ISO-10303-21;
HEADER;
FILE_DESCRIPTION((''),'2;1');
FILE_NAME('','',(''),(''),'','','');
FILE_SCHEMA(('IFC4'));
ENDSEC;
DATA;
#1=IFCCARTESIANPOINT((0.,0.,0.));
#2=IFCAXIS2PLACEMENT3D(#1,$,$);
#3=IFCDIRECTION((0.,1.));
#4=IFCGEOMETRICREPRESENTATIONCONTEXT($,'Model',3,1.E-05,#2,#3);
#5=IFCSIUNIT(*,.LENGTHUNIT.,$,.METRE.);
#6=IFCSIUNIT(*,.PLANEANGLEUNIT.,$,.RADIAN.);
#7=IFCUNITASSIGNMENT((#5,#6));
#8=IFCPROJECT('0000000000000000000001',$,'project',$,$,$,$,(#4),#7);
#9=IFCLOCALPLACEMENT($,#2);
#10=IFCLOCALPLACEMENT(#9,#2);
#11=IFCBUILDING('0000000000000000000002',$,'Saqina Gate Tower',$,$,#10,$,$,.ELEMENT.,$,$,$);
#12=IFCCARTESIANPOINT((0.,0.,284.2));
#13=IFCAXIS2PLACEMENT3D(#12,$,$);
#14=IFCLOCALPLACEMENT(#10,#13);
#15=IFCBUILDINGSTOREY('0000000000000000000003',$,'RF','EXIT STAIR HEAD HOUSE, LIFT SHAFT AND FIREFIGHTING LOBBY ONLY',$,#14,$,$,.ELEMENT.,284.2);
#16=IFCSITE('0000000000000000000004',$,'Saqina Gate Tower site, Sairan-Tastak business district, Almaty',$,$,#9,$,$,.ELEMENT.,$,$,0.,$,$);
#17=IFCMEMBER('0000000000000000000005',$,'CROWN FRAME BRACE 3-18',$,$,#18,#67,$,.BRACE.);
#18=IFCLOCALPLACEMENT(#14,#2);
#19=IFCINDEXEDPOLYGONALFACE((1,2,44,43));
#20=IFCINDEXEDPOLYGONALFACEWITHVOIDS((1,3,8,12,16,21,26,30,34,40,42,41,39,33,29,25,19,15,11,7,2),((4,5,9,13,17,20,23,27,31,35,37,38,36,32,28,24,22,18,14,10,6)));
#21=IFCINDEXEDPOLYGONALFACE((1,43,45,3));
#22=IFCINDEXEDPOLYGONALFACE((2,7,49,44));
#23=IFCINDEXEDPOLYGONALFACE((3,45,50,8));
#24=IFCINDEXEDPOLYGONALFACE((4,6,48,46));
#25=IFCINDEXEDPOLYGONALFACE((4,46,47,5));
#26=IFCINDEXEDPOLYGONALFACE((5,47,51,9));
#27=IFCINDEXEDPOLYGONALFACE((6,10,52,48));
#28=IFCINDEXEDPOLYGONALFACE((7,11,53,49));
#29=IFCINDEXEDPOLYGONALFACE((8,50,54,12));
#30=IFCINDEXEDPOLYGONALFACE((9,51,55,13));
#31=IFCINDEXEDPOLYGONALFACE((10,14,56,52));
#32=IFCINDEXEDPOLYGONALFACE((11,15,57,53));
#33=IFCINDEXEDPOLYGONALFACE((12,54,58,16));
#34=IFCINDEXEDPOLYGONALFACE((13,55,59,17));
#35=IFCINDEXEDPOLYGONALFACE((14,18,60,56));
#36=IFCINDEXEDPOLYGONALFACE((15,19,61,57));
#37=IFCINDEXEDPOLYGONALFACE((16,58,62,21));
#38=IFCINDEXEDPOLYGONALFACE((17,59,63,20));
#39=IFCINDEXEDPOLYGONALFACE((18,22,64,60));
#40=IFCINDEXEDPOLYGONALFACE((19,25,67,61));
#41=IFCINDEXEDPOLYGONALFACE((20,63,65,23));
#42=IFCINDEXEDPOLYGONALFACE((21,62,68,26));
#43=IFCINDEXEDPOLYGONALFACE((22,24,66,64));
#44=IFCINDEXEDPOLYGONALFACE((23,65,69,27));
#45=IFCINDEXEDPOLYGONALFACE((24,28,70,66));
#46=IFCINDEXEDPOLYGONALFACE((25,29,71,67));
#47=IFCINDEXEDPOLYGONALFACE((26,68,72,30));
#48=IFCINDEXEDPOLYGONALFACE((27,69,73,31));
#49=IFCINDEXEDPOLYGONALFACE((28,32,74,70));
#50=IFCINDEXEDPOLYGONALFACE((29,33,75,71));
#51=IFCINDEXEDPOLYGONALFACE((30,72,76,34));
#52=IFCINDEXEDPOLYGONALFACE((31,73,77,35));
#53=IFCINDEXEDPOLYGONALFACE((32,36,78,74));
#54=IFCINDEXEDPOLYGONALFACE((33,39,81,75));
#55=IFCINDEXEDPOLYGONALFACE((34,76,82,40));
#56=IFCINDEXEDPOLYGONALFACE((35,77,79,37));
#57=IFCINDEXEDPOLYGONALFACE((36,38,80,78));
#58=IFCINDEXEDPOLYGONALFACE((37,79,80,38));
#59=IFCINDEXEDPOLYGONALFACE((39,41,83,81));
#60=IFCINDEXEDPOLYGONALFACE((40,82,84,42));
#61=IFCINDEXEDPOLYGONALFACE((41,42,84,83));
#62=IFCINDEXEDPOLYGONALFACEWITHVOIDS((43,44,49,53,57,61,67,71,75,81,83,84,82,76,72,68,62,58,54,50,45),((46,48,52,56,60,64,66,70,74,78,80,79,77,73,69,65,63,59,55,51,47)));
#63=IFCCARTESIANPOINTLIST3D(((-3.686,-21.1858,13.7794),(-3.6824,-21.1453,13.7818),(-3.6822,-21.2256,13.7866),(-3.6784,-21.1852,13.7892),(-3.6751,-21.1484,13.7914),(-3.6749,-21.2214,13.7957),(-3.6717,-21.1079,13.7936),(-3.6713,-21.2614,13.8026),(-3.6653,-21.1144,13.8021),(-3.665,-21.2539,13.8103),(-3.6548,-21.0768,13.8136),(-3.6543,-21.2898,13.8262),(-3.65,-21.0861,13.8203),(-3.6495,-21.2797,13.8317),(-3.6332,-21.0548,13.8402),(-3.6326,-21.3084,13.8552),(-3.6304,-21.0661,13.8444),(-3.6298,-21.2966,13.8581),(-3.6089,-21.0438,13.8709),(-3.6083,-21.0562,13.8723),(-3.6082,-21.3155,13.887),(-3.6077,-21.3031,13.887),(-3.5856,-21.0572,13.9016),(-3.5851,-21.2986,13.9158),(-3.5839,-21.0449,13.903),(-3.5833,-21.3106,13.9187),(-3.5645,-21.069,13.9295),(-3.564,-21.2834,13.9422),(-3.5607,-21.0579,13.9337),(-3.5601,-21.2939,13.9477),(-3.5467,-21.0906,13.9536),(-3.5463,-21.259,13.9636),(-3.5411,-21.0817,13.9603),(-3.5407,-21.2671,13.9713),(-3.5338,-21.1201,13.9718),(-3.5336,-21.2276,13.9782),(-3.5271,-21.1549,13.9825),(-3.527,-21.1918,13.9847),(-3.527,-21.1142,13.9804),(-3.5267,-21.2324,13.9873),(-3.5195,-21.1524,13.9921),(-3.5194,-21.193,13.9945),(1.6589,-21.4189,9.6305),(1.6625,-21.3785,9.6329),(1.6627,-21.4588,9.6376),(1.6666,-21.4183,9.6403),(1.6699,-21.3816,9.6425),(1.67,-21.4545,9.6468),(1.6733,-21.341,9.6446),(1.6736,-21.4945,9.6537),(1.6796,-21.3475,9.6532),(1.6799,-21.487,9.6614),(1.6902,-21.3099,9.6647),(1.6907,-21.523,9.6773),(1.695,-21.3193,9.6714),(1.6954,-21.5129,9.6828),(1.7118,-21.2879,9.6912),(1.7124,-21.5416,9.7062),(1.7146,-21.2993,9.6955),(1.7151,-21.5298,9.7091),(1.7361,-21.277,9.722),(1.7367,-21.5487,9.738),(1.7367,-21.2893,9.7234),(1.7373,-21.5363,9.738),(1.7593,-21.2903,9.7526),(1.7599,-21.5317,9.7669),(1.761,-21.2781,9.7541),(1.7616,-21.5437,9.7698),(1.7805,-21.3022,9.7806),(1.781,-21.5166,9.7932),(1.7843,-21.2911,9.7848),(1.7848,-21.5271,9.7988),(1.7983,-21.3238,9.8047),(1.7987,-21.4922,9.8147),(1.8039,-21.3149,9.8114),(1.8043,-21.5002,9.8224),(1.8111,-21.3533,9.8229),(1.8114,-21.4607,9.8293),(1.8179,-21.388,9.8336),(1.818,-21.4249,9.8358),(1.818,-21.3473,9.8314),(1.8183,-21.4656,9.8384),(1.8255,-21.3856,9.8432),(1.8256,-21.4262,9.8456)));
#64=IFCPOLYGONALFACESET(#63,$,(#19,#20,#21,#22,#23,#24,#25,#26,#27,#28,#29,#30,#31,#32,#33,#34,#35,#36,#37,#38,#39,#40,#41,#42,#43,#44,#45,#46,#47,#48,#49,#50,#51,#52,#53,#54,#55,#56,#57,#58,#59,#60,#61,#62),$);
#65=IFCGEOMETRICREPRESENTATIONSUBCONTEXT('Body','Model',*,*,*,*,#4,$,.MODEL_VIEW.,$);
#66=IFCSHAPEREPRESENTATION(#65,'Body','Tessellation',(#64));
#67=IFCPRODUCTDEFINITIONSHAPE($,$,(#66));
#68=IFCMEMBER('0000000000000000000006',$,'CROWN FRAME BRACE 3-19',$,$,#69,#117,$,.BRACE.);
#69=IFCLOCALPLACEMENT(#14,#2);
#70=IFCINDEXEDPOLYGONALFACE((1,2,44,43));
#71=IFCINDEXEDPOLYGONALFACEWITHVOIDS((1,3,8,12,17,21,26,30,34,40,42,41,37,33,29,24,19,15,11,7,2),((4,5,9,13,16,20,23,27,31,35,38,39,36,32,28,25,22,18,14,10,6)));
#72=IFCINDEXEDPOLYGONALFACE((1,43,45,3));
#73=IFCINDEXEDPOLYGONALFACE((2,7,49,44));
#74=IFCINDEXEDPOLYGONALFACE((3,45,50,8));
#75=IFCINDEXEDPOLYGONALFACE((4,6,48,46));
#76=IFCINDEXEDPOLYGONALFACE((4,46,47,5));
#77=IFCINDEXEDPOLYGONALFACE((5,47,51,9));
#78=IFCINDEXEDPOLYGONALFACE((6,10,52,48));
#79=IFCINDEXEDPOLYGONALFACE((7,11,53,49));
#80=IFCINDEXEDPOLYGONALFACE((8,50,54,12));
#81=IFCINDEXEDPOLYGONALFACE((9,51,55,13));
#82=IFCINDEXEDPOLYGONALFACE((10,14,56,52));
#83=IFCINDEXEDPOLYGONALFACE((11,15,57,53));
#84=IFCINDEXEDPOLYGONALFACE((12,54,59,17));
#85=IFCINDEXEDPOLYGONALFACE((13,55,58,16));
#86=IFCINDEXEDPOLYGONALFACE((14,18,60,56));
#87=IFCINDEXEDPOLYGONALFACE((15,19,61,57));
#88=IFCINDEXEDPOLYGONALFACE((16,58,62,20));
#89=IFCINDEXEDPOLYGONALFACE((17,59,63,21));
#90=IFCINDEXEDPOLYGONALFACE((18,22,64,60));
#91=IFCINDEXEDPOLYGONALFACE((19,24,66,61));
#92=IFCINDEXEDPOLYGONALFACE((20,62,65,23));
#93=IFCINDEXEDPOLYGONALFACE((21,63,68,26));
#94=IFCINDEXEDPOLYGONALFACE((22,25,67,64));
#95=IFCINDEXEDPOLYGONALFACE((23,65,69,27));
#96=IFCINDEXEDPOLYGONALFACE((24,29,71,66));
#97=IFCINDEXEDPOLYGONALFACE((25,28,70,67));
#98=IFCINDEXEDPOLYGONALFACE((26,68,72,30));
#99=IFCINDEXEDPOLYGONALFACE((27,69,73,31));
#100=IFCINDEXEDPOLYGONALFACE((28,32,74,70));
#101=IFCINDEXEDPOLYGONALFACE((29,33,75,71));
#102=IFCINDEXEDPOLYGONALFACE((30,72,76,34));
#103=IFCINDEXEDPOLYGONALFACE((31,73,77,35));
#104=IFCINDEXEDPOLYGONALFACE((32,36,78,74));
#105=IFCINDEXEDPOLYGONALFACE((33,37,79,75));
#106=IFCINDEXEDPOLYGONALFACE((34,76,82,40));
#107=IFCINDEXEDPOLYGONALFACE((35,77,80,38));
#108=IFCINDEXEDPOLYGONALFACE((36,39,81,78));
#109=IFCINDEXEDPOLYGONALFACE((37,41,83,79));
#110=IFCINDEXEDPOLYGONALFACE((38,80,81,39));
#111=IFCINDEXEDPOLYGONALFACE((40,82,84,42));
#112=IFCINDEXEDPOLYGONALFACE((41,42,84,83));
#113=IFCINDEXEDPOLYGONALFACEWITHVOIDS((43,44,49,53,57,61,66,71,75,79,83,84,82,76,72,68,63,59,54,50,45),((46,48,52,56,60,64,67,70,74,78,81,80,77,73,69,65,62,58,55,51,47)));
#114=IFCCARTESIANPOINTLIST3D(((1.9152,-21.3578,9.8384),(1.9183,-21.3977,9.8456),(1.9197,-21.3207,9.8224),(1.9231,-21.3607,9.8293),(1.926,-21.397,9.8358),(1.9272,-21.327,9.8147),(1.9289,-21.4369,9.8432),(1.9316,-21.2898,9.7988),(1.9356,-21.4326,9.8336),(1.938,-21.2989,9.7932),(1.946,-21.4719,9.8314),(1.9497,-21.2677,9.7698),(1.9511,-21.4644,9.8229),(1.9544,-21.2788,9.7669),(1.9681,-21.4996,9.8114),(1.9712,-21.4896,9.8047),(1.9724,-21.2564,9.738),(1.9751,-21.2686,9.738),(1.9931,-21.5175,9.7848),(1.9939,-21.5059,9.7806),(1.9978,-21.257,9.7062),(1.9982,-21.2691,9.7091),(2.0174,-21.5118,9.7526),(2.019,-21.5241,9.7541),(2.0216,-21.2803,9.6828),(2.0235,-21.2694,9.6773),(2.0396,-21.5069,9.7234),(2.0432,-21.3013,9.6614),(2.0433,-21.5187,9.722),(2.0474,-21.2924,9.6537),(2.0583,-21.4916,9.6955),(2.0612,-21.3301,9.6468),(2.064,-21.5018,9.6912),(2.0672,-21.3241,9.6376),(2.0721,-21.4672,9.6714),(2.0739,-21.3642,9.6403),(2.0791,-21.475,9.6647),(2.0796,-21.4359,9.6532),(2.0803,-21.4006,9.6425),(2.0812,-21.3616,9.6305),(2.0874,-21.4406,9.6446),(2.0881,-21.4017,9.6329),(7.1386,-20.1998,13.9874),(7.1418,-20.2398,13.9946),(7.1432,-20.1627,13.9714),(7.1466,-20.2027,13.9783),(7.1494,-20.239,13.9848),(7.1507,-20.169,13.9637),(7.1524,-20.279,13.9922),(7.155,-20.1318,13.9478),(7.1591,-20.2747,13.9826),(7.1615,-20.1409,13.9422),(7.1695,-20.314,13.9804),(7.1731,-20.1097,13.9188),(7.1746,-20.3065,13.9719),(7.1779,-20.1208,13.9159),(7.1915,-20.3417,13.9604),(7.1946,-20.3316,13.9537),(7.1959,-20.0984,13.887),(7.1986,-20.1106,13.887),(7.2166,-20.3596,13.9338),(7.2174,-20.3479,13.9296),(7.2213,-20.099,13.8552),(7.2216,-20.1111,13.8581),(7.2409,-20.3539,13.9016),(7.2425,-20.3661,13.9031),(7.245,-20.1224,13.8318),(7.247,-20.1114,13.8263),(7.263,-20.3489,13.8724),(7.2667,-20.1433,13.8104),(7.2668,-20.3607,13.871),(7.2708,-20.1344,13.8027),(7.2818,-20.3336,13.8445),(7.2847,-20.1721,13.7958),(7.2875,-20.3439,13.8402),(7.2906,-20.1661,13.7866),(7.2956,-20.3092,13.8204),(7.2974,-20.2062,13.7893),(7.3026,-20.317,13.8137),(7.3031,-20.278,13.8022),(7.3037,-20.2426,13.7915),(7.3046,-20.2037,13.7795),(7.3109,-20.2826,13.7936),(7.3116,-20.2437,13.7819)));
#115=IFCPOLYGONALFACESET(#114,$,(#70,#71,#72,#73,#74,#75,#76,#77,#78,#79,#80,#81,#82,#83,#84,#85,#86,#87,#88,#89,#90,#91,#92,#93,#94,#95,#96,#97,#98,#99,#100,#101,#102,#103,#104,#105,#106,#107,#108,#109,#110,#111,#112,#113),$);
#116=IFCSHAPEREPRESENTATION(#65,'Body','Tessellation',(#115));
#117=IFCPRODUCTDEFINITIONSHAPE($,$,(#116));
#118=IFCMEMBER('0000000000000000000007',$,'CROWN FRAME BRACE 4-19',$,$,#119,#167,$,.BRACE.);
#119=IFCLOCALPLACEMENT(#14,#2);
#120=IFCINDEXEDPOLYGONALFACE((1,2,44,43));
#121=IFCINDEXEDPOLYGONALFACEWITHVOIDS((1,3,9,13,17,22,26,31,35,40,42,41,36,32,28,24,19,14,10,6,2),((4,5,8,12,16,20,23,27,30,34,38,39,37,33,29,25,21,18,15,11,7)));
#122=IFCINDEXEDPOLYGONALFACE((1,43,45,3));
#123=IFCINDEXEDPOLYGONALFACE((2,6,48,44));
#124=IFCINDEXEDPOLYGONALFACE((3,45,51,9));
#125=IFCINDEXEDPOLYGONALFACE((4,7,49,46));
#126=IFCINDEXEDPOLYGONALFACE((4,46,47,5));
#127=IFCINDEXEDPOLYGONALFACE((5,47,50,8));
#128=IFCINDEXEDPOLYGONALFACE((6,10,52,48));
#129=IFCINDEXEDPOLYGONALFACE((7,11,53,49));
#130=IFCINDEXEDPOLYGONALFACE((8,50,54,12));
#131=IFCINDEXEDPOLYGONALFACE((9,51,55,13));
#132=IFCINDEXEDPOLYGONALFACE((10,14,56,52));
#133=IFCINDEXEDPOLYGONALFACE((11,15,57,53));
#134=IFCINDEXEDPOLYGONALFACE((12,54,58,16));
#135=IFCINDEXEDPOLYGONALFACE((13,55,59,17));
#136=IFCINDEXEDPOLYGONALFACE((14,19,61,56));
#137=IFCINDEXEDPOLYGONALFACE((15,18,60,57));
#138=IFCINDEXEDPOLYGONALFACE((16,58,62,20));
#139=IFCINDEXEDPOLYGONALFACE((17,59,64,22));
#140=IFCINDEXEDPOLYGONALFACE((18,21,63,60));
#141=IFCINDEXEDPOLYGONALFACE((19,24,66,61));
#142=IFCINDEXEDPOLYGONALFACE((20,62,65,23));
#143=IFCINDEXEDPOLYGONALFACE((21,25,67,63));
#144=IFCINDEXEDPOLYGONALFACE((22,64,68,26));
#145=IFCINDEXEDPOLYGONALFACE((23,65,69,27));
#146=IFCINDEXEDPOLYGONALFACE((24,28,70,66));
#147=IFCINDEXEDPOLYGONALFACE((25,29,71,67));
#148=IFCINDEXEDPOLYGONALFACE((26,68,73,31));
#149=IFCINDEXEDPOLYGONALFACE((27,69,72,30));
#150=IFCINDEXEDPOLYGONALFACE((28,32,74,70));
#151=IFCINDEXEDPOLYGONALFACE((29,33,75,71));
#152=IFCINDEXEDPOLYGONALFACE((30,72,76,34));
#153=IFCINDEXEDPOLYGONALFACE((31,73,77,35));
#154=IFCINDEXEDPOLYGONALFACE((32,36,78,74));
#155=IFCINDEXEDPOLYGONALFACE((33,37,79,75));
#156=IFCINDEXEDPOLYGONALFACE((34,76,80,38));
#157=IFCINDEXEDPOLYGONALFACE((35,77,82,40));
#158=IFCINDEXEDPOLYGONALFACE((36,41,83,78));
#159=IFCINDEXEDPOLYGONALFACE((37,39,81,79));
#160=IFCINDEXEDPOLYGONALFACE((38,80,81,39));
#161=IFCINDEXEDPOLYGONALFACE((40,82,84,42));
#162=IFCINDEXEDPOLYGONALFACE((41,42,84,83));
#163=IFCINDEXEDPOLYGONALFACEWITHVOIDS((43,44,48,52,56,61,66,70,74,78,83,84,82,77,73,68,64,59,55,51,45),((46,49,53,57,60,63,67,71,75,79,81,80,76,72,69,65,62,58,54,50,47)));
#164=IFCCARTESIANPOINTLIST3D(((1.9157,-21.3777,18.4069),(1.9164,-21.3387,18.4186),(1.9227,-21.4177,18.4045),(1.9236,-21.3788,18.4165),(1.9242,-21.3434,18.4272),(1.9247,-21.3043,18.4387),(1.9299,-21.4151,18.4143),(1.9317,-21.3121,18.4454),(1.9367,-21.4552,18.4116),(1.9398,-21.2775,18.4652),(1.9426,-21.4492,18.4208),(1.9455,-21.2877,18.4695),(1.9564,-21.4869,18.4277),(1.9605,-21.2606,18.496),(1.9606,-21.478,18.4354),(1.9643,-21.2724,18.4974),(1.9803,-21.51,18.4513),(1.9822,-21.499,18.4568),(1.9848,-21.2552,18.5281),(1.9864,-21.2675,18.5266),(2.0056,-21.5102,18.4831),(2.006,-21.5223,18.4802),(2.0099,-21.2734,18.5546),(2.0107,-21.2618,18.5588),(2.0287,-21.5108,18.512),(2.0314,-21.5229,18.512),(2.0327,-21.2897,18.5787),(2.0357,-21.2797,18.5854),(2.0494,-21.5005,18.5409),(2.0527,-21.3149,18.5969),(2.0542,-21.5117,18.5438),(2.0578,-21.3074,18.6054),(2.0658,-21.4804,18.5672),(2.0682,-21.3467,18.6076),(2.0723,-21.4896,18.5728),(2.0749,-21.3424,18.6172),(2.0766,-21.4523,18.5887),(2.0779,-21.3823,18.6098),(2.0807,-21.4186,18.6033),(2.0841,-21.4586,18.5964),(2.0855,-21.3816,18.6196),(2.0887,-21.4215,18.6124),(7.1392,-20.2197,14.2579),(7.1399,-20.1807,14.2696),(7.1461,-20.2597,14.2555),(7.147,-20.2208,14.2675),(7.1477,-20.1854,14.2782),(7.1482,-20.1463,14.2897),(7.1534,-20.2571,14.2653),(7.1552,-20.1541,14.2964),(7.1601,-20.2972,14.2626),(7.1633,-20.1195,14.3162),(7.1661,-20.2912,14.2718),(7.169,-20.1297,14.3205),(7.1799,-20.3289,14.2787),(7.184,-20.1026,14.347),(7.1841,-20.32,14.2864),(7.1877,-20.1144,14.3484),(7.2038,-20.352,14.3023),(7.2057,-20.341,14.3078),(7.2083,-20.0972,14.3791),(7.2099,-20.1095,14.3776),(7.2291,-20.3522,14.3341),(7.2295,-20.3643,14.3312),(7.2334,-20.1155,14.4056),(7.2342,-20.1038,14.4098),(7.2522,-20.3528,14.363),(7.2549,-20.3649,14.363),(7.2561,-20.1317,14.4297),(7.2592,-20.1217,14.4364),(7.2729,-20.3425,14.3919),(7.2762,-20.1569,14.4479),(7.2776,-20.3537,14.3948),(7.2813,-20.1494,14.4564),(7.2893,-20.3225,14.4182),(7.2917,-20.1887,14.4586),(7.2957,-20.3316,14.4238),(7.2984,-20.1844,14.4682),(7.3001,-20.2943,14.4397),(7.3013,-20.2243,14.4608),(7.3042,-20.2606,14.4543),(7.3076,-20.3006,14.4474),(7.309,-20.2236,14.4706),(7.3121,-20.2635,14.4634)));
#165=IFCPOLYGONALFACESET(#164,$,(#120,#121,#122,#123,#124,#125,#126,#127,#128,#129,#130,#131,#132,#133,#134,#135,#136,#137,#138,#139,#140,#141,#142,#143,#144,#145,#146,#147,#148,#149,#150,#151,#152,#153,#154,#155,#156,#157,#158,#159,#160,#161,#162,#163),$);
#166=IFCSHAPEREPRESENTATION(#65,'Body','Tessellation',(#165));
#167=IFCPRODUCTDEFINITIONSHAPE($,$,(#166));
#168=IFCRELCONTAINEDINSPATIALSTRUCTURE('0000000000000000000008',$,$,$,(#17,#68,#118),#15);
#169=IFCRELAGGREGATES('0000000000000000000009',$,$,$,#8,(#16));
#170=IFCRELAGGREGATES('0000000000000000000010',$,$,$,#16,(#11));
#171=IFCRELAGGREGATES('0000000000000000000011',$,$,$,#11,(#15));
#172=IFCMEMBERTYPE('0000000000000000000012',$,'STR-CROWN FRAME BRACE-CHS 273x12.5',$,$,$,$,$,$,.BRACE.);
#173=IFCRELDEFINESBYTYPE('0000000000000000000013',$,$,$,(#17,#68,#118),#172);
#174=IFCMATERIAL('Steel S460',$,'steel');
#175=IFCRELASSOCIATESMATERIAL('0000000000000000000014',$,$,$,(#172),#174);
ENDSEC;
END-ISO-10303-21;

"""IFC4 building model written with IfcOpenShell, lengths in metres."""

from ifc_helpers import new_model, si_unit, direction, frame, origin, origin_2d, place, context, subcontext, project, spatial, hollow_circle, extrude, material, material_profile, profile_set, type_object, element, save


model = new_model("IFC4")

# Units and contexts
model_context = context("Model", 3, precision=1e-05, world=origin(), true_north=direction((0.0, 1.0)))
body_context = subcontext(model_context, "Body", "Model", "MODEL_VIEW")
ifc_project = project(units=[si_unit("LENGTHUNIT", "METRE"), si_unit("PLANEANGLEUNIT", "RADIAN")], contexts=[model_context])

# Site, building, storey
site_placement = place(None, origin())
site = spatial("IfcSite", under=ifc_project, at=site_placement, Name="Saqina Gate Tower site, Sairan-Tastak business district, Almaty", CompositionType="ELEMENT", RefElevation=0.0)
building_placement = place(site_placement, origin())
building = spatial("IfcBuilding", under=site, at=building_placement, Name="Saqina Gate Tower", CompositionType="ELEMENT")
storey_placement = place(building_placement, frame((0.0, 0.0, 284.2)))
storey = spatial("IfcBuildingStorey", under=building, at=storey_placement, Name="RF", Description="EXIT STAIR HEAD HOUSE, LIFT SHAFT AND FIREFIGHTING LOBBY ONLY", CompositionType="ELEMENT", Elevation=284.2)

# Members
ifc_material_1 = material(Name="Steel S460", Category="steel")
ifc_material_profile_1 = material_profile(ifc_material_1, hollow_circle(Radius=0.1365, WallThickness=0.0125, at=origin_2d()), Name="CHS 273x12.5")
ifc_profile_set_1 = profile_set([ifc_material_profile_1], Name="Steel S460")
member_type = type_object("IfcMemberType", Name="STR-CROWN FRAME BRACE-CHS 273x12.5", PredefinedType="BRACE", material=ifc_profile_set_1)
for number, where, z_axis, x_axis, name in (
    (1, (1.7427, -21.4124, 9.738), (-0.789476, 0.034438, 0.612815), (-0.04358, -0.99905, 0.0), "CROWN FRAME BRACE 3-18"),
):
    element("IfcMember", number, at=place(storey_placement, frame(where, z_axis=z_axis, x_axis=x_axis)), inside=storey, type_object=member_type, Name=name, PredefinedType="BRACE", context=body_context, shape_type="SweptSolid", body=[
        extrude(hollow_circle(Radius=0.1365, WallThickness=0.0125, at=origin_2d()), origin(), (0.0, 0.0, 1.0), 6.7703),
    ])
for number, where, z_axis, x_axis, name in (
    (2, (2.002, -21.3896, 9.738), (0.771504, 0.171033, 0.612804), (-0.216433, 0.976298, 0.0), "CROWN FRAME BRACE 3-19"),
    (3, (7.2253, -20.2317, 14.363), (-0.771504, -0.171033, 0.612804), (0.216433, -0.976298, 0.0), "CROWN FRAME BRACE 4-19"),
):
    element("IfcMember", number, at=place(storey_placement, frame(where, z_axis=z_axis, x_axis=x_axis)), inside=storey, type_object=member_type, Name=name, PredefinedType="BRACE", context=body_context, shape_type="SweptSolid", body=[
        extrude(hollow_circle(Radius=0.1365, WallThickness=0.0125, at=origin_2d()), origin(), (0.0, 0.0, 1.0), 6.7705),
    ])

save(model, "model.ifc")
